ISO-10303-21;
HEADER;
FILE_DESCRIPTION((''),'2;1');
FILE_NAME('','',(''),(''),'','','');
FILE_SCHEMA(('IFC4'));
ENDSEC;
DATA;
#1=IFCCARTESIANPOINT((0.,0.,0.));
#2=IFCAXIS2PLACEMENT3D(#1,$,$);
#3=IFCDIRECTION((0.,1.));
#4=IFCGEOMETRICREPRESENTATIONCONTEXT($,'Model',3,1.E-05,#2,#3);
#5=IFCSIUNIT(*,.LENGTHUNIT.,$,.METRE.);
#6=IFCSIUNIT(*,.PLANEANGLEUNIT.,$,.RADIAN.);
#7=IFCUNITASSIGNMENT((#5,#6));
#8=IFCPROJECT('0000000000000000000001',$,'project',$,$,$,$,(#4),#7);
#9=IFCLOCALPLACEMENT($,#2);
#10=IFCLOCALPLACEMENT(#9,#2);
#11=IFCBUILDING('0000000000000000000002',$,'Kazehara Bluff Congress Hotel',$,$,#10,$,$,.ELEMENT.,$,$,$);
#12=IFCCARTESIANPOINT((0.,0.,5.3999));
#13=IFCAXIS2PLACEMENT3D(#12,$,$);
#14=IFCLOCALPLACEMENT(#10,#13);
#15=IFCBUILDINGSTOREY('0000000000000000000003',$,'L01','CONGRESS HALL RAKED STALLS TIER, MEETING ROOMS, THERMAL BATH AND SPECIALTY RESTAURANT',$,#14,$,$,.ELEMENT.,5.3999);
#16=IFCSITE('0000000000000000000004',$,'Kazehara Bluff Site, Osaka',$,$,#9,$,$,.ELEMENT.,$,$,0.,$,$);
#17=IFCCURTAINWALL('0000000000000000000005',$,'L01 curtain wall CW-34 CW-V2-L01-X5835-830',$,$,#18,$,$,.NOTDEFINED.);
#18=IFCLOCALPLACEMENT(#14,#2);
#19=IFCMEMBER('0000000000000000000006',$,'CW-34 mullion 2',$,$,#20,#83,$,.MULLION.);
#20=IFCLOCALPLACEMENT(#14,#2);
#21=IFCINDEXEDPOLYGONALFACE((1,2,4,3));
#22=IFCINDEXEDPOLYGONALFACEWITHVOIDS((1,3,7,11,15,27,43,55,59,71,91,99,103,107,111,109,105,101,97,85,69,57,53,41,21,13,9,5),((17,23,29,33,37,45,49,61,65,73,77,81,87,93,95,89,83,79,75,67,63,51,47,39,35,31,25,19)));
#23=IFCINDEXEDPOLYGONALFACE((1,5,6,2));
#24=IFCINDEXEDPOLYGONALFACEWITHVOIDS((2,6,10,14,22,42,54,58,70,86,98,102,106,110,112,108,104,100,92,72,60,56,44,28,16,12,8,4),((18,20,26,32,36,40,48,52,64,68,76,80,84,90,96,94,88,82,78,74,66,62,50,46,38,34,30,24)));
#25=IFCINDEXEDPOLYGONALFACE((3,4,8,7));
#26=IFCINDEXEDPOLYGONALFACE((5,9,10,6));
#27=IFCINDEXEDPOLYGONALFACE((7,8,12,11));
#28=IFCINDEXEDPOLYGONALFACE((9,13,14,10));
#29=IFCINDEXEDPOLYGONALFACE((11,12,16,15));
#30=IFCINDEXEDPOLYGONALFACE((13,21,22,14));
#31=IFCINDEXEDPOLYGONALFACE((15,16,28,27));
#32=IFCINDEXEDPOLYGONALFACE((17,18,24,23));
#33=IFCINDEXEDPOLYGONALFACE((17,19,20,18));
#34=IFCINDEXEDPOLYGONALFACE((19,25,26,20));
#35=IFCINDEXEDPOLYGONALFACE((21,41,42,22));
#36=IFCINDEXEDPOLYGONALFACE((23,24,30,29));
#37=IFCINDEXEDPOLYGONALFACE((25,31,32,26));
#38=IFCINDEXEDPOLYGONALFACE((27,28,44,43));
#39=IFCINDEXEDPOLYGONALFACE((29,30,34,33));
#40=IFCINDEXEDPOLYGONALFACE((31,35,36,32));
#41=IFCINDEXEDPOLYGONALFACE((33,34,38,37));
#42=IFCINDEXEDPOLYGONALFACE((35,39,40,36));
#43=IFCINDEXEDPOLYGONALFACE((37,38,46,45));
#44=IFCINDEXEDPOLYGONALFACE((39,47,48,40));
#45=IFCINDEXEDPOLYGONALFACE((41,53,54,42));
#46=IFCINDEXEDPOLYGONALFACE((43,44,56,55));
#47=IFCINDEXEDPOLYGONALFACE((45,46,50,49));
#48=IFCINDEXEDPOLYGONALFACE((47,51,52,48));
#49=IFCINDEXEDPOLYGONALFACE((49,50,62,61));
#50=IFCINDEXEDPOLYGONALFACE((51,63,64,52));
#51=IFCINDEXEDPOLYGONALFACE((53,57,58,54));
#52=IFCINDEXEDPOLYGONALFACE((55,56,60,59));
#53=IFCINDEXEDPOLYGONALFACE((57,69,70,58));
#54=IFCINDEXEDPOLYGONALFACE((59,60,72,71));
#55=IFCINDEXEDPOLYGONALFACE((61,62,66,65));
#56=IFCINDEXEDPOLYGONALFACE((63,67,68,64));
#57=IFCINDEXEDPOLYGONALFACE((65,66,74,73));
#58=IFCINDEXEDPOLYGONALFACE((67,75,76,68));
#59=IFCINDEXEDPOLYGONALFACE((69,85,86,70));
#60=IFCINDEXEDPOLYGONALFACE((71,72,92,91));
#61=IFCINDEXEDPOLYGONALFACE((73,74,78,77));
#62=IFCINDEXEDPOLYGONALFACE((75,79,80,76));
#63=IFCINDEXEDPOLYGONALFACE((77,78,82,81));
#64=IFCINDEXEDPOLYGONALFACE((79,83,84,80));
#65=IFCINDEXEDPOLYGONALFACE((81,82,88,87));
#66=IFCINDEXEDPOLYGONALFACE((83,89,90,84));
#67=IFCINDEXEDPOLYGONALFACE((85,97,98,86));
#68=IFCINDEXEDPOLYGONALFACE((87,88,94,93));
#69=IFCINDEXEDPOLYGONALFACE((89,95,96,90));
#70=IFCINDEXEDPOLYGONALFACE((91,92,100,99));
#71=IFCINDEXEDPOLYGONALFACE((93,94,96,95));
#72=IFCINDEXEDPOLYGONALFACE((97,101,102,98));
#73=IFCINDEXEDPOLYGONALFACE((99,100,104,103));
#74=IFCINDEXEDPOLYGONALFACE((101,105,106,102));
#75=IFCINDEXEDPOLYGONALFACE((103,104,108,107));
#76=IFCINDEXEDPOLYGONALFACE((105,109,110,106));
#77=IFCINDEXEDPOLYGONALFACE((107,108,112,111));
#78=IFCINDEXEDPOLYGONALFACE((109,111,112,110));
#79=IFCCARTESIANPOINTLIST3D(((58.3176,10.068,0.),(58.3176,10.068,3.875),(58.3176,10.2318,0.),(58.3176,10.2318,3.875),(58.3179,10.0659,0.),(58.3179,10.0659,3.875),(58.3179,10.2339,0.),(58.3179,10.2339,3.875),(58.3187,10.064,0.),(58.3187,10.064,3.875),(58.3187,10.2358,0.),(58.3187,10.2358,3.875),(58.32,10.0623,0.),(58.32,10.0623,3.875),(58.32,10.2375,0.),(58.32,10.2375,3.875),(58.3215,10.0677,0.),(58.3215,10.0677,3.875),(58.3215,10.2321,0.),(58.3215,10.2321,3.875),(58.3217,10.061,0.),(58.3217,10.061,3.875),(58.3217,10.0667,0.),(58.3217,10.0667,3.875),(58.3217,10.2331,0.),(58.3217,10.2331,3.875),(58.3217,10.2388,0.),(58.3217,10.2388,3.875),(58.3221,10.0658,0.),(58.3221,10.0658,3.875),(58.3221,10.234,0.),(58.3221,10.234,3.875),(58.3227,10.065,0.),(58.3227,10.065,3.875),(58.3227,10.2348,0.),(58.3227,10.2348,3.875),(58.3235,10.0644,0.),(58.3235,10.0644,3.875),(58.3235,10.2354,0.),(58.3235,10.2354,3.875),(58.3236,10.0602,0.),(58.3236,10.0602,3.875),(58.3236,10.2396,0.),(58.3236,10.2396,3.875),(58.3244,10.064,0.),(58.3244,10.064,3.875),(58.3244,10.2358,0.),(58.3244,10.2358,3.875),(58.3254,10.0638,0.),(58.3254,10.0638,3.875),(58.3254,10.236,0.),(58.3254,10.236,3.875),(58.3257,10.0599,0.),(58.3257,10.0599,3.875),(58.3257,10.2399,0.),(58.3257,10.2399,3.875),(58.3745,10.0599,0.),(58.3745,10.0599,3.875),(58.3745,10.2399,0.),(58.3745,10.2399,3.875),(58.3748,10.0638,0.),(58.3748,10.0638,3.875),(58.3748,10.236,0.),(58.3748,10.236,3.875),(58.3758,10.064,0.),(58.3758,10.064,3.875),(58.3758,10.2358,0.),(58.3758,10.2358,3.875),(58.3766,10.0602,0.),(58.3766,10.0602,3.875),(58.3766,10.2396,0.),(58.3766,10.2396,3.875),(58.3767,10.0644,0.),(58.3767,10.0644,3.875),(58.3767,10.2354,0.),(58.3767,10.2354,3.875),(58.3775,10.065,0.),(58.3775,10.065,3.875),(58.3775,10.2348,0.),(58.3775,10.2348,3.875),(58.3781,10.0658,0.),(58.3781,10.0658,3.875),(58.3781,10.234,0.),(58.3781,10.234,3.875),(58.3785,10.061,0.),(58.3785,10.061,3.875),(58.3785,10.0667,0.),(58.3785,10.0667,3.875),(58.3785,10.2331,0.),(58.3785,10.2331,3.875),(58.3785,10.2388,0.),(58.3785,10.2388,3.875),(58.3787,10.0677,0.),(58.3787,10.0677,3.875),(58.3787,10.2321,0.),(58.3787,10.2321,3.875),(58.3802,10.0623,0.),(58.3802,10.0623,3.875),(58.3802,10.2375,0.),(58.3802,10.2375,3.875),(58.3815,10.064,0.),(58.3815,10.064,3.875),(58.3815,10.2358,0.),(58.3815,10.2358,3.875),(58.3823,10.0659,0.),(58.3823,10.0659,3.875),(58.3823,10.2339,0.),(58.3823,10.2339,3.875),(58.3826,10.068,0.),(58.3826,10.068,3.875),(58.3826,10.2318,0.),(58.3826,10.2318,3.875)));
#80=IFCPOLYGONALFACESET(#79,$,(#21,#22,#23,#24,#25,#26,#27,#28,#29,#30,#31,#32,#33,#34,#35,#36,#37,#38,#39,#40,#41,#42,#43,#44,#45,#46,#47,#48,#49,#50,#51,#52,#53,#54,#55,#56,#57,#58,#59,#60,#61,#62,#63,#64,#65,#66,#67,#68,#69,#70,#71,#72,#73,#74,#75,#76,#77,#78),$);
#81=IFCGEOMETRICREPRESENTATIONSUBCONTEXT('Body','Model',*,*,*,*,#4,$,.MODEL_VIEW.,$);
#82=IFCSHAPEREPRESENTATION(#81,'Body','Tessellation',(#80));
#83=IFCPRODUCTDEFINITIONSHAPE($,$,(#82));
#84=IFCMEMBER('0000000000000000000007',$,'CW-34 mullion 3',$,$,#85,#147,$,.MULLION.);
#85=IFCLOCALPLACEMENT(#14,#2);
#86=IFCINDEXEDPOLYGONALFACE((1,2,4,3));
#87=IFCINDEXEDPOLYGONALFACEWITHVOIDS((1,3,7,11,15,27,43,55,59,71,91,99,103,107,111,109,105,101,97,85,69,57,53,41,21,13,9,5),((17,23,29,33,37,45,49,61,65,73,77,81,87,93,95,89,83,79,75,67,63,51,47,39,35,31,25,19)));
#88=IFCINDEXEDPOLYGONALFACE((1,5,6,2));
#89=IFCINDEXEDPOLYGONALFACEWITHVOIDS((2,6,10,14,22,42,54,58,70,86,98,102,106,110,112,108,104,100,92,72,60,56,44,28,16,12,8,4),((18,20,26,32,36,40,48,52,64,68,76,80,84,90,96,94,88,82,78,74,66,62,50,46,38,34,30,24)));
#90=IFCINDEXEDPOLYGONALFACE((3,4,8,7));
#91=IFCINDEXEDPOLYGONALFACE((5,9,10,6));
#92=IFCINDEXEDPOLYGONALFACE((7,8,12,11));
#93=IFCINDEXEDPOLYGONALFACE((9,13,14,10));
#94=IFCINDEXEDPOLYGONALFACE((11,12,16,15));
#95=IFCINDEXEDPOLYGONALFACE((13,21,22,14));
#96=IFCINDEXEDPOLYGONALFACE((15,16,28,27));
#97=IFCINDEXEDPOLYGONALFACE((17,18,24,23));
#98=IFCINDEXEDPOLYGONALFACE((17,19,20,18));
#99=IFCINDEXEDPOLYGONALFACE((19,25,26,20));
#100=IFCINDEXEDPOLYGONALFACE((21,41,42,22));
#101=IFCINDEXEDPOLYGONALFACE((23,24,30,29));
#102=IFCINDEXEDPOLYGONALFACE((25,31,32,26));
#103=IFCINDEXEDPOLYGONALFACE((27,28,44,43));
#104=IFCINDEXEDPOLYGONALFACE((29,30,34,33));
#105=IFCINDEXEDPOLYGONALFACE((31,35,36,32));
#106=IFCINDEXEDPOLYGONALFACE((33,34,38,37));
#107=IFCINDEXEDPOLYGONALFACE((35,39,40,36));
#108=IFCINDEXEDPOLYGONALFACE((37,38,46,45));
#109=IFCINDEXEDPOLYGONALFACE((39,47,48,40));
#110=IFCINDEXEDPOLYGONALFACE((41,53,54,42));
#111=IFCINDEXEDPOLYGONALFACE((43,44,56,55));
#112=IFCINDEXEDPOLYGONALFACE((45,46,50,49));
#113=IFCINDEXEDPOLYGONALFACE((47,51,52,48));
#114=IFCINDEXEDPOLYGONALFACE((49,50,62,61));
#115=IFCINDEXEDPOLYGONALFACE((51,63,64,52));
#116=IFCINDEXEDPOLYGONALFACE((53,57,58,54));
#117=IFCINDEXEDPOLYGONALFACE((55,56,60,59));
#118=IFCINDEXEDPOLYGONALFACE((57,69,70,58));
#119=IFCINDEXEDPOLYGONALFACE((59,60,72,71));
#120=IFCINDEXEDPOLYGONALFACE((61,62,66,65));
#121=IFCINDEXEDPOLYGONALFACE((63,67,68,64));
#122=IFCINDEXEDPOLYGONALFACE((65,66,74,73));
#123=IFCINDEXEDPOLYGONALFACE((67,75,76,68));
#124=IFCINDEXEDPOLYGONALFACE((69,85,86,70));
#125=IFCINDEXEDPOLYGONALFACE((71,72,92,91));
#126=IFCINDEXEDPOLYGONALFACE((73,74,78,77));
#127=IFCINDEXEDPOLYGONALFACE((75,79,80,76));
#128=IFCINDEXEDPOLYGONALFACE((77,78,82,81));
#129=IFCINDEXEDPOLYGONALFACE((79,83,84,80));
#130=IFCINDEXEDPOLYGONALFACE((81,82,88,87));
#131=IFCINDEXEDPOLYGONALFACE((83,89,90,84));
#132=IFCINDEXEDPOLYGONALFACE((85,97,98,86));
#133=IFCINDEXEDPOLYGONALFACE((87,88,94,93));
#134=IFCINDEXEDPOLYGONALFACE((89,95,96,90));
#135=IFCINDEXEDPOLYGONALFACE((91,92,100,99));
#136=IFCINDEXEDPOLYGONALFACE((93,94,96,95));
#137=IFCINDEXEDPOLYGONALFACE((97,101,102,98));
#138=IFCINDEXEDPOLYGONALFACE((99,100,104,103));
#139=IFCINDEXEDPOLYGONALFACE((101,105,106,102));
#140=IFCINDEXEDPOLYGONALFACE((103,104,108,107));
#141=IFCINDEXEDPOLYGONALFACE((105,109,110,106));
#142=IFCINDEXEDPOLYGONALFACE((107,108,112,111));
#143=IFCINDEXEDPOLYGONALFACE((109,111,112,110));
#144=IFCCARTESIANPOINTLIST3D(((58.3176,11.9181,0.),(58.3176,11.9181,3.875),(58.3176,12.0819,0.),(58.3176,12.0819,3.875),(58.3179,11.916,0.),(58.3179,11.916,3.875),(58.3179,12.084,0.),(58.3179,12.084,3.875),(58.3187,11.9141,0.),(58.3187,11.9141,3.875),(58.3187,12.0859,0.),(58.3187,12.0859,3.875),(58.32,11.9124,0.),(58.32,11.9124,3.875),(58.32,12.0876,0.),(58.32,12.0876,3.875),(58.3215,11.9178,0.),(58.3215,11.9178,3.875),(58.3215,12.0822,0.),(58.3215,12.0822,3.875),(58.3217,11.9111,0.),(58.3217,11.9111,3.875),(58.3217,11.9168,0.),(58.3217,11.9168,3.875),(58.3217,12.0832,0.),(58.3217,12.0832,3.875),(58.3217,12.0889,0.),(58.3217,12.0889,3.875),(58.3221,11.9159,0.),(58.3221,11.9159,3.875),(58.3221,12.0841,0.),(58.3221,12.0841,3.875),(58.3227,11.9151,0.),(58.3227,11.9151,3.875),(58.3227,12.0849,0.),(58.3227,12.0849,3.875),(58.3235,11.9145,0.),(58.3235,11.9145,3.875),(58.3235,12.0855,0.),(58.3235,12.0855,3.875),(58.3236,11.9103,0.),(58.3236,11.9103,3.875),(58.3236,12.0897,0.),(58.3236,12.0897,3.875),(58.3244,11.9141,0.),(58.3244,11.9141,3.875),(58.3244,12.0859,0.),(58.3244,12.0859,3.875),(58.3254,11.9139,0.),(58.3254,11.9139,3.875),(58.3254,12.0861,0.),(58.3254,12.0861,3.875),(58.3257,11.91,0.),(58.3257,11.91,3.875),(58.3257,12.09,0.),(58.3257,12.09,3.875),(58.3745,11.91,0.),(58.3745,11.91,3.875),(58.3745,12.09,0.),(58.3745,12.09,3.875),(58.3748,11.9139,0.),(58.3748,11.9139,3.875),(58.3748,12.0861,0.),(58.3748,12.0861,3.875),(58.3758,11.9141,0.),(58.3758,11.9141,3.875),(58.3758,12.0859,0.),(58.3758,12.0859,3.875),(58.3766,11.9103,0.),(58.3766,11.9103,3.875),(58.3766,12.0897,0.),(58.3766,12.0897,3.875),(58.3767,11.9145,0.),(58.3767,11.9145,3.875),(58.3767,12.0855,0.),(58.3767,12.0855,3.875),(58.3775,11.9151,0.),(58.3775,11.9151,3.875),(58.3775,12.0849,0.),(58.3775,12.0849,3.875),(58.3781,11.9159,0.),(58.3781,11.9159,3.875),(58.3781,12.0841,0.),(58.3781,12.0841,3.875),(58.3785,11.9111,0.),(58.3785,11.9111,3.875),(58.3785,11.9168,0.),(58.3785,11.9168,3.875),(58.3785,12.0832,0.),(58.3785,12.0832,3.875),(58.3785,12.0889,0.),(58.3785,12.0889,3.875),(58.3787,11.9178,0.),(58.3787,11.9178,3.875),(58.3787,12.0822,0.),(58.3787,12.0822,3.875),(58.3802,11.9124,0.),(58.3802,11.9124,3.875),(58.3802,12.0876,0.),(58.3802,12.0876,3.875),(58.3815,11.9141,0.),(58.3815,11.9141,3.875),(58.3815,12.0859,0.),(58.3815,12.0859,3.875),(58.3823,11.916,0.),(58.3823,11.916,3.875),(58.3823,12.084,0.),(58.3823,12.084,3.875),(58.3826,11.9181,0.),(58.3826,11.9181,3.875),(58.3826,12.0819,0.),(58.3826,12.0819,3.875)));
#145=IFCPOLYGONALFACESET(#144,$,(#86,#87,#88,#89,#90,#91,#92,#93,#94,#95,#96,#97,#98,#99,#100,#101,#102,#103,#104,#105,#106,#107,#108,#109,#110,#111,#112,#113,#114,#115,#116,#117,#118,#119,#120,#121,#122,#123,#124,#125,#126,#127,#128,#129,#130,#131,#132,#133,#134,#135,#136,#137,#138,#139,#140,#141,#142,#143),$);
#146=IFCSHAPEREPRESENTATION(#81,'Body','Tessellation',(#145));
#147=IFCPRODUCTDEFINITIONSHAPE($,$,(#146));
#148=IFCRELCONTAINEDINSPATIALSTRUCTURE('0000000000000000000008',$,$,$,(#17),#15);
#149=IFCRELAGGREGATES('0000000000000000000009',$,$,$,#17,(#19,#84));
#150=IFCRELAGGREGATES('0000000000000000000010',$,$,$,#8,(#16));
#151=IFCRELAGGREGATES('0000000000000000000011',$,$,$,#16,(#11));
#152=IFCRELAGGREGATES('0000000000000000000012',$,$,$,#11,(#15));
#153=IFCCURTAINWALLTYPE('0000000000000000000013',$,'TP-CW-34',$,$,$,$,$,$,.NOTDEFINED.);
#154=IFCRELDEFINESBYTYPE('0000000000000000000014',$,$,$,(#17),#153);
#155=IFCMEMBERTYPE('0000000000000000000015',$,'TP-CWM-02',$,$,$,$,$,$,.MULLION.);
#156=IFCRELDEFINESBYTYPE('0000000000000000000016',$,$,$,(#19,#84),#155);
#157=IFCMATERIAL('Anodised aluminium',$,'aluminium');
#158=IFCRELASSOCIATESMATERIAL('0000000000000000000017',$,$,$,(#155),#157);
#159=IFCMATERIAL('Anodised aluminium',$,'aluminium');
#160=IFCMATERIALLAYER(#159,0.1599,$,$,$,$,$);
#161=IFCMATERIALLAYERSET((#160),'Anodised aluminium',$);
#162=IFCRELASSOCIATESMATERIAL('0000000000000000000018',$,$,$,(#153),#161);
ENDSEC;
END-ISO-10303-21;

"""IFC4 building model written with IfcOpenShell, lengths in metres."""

from ifc_helpers import new_model, si_unit, direction, frame, origin, origin_2d, place, context, subcontext, project, spatial, hollow_rectangle, extrude, material, layer, layer_set, material_profile, profile_set, type_object, element, aggregate, save


model = new_model("IFC4")

# Units and contexts
model_context = context("Model", 3, precision=1e-05, world=origin(), true_north=direction((0.0, 1.0)))
body_context = subcontext(model_context, "Body", "Model", "MODEL_VIEW")
ifc_project = project(units=[si_unit("LENGTHUNIT", "METRE"), si_unit("PLANEANGLEUNIT", "RADIAN")], contexts=[model_context])

# Site, building, storey
site_placement = place(None, origin())
site = spatial("IfcSite", under=ifc_project, at=site_placement, Name="Kazehara Bluff Site, Osaka", CompositionType="ELEMENT", RefElevation=0.0)
building_placement = place(site_placement, origin())
building = spatial("IfcBuilding", under=site, at=building_placement, Name="Kazehara Bluff Congress Hotel", CompositionType="ELEMENT")
storey_placement = place(building_placement, frame((0.0, 0.0, 5.3999)))
storey = spatial("IfcBuildingStorey", under=building, at=storey_placement, Name="L01", Description="CONGRESS HALL RAKED STALLS TIER, MEETING ROOMS, THERMAL BATH AND SPECIALTY RESTAURANT", CompositionType="ELEMENT", Elevation=5.3999)

# Curtain wall, members
ifc_material_1 = material(Name="Anodised aluminium", Category="aluminium")
ifc_material_profile_1 = material_profile(ifc_material_1, hollow_rectangle(XDim=0.0649, YDim=0.1799, WallThickness=0.0039, InnerFilletRadius=0.0039, OuterFilletRadius=0.0081, at=origin_2d()))
ifc_profile_set_1 = profile_set([ifc_material_profile_1], Name="Anodised aluminium")
member_type_1 = type_object("IfcMemberType", Name="TP-CWM-02", PredefinedType="MULLION", material=ifc_profile_set_1)
ifc_material_2 = material(Name="Anodised aluminium", Category="aluminium")
ifc_layer_1 = layer(ifc_material_2, 0.1599)
ifc_layer_set_1 = layer_set([ifc_layer_1], Name="Anodised aluminium")
curtain_wall_type_1 = type_object("IfcCurtainWallType", Name="TP-CW-34", PredefinedType="NOTDEFINED", material=ifc_layer_set_1)
curtain_wall_1_placement = place(storey_placement, origin())
curtain_wall_1 = element("IfcCurtainWall", 1, at=curtain_wall_1_placement, inside=storey, type_object=curtain_wall_type_1, Name="L01 curtain wall CW-34 CW-V2-L01-X5835-830", PredefinedType="NOTDEFINED")
member_1_placement = place(storey_placement, frame((58.3501, 10.1499, 0.0), z_axis=(0.0, 0.0, 1.0), x_axis=(-1.0, 0.0, 0.0)))
member_1 = element("IfcMember", 2, at=member_1_placement, type_object=member_type_1, Name="CW-34 mullion 2", PredefinedType="MULLION", context=body_context, shape_type="SweptSolid", body=[
    extrude(hollow_rectangle(XDim=0.0649, YDim=0.1799, WallThickness=0.0039, InnerFilletRadius=0.0039, OuterFilletRadius=0.0081, at=origin_2d()), origin(), (0.0, 0.0, 1.0), 3.875),
])
member_2_placement = place(storey_placement, frame((58.3501, 12.0, 0.0), z_axis=(0.0, 0.0, 1.0), x_axis=(-1.0, 0.0, 0.0)))
member_2 = element("IfcMember", 3, at=member_2_placement, type_object=member_type_1, Name="CW-34 mullion 3", PredefinedType="MULLION", context=body_context, shape_type="SweptSolid", body=[
    extrude(hollow_rectangle(XDim=0.0649, YDim=0.1799, WallThickness=0.0039, InnerFilletRadius=0.0039, OuterFilletRadius=0.0081, at=origin_2d()), origin(), (0.0, 0.0, 1.0), 3.875),
])

aggregate(curtain_wall_1, [member_1, member_2])

save(model, "model.ifc")
